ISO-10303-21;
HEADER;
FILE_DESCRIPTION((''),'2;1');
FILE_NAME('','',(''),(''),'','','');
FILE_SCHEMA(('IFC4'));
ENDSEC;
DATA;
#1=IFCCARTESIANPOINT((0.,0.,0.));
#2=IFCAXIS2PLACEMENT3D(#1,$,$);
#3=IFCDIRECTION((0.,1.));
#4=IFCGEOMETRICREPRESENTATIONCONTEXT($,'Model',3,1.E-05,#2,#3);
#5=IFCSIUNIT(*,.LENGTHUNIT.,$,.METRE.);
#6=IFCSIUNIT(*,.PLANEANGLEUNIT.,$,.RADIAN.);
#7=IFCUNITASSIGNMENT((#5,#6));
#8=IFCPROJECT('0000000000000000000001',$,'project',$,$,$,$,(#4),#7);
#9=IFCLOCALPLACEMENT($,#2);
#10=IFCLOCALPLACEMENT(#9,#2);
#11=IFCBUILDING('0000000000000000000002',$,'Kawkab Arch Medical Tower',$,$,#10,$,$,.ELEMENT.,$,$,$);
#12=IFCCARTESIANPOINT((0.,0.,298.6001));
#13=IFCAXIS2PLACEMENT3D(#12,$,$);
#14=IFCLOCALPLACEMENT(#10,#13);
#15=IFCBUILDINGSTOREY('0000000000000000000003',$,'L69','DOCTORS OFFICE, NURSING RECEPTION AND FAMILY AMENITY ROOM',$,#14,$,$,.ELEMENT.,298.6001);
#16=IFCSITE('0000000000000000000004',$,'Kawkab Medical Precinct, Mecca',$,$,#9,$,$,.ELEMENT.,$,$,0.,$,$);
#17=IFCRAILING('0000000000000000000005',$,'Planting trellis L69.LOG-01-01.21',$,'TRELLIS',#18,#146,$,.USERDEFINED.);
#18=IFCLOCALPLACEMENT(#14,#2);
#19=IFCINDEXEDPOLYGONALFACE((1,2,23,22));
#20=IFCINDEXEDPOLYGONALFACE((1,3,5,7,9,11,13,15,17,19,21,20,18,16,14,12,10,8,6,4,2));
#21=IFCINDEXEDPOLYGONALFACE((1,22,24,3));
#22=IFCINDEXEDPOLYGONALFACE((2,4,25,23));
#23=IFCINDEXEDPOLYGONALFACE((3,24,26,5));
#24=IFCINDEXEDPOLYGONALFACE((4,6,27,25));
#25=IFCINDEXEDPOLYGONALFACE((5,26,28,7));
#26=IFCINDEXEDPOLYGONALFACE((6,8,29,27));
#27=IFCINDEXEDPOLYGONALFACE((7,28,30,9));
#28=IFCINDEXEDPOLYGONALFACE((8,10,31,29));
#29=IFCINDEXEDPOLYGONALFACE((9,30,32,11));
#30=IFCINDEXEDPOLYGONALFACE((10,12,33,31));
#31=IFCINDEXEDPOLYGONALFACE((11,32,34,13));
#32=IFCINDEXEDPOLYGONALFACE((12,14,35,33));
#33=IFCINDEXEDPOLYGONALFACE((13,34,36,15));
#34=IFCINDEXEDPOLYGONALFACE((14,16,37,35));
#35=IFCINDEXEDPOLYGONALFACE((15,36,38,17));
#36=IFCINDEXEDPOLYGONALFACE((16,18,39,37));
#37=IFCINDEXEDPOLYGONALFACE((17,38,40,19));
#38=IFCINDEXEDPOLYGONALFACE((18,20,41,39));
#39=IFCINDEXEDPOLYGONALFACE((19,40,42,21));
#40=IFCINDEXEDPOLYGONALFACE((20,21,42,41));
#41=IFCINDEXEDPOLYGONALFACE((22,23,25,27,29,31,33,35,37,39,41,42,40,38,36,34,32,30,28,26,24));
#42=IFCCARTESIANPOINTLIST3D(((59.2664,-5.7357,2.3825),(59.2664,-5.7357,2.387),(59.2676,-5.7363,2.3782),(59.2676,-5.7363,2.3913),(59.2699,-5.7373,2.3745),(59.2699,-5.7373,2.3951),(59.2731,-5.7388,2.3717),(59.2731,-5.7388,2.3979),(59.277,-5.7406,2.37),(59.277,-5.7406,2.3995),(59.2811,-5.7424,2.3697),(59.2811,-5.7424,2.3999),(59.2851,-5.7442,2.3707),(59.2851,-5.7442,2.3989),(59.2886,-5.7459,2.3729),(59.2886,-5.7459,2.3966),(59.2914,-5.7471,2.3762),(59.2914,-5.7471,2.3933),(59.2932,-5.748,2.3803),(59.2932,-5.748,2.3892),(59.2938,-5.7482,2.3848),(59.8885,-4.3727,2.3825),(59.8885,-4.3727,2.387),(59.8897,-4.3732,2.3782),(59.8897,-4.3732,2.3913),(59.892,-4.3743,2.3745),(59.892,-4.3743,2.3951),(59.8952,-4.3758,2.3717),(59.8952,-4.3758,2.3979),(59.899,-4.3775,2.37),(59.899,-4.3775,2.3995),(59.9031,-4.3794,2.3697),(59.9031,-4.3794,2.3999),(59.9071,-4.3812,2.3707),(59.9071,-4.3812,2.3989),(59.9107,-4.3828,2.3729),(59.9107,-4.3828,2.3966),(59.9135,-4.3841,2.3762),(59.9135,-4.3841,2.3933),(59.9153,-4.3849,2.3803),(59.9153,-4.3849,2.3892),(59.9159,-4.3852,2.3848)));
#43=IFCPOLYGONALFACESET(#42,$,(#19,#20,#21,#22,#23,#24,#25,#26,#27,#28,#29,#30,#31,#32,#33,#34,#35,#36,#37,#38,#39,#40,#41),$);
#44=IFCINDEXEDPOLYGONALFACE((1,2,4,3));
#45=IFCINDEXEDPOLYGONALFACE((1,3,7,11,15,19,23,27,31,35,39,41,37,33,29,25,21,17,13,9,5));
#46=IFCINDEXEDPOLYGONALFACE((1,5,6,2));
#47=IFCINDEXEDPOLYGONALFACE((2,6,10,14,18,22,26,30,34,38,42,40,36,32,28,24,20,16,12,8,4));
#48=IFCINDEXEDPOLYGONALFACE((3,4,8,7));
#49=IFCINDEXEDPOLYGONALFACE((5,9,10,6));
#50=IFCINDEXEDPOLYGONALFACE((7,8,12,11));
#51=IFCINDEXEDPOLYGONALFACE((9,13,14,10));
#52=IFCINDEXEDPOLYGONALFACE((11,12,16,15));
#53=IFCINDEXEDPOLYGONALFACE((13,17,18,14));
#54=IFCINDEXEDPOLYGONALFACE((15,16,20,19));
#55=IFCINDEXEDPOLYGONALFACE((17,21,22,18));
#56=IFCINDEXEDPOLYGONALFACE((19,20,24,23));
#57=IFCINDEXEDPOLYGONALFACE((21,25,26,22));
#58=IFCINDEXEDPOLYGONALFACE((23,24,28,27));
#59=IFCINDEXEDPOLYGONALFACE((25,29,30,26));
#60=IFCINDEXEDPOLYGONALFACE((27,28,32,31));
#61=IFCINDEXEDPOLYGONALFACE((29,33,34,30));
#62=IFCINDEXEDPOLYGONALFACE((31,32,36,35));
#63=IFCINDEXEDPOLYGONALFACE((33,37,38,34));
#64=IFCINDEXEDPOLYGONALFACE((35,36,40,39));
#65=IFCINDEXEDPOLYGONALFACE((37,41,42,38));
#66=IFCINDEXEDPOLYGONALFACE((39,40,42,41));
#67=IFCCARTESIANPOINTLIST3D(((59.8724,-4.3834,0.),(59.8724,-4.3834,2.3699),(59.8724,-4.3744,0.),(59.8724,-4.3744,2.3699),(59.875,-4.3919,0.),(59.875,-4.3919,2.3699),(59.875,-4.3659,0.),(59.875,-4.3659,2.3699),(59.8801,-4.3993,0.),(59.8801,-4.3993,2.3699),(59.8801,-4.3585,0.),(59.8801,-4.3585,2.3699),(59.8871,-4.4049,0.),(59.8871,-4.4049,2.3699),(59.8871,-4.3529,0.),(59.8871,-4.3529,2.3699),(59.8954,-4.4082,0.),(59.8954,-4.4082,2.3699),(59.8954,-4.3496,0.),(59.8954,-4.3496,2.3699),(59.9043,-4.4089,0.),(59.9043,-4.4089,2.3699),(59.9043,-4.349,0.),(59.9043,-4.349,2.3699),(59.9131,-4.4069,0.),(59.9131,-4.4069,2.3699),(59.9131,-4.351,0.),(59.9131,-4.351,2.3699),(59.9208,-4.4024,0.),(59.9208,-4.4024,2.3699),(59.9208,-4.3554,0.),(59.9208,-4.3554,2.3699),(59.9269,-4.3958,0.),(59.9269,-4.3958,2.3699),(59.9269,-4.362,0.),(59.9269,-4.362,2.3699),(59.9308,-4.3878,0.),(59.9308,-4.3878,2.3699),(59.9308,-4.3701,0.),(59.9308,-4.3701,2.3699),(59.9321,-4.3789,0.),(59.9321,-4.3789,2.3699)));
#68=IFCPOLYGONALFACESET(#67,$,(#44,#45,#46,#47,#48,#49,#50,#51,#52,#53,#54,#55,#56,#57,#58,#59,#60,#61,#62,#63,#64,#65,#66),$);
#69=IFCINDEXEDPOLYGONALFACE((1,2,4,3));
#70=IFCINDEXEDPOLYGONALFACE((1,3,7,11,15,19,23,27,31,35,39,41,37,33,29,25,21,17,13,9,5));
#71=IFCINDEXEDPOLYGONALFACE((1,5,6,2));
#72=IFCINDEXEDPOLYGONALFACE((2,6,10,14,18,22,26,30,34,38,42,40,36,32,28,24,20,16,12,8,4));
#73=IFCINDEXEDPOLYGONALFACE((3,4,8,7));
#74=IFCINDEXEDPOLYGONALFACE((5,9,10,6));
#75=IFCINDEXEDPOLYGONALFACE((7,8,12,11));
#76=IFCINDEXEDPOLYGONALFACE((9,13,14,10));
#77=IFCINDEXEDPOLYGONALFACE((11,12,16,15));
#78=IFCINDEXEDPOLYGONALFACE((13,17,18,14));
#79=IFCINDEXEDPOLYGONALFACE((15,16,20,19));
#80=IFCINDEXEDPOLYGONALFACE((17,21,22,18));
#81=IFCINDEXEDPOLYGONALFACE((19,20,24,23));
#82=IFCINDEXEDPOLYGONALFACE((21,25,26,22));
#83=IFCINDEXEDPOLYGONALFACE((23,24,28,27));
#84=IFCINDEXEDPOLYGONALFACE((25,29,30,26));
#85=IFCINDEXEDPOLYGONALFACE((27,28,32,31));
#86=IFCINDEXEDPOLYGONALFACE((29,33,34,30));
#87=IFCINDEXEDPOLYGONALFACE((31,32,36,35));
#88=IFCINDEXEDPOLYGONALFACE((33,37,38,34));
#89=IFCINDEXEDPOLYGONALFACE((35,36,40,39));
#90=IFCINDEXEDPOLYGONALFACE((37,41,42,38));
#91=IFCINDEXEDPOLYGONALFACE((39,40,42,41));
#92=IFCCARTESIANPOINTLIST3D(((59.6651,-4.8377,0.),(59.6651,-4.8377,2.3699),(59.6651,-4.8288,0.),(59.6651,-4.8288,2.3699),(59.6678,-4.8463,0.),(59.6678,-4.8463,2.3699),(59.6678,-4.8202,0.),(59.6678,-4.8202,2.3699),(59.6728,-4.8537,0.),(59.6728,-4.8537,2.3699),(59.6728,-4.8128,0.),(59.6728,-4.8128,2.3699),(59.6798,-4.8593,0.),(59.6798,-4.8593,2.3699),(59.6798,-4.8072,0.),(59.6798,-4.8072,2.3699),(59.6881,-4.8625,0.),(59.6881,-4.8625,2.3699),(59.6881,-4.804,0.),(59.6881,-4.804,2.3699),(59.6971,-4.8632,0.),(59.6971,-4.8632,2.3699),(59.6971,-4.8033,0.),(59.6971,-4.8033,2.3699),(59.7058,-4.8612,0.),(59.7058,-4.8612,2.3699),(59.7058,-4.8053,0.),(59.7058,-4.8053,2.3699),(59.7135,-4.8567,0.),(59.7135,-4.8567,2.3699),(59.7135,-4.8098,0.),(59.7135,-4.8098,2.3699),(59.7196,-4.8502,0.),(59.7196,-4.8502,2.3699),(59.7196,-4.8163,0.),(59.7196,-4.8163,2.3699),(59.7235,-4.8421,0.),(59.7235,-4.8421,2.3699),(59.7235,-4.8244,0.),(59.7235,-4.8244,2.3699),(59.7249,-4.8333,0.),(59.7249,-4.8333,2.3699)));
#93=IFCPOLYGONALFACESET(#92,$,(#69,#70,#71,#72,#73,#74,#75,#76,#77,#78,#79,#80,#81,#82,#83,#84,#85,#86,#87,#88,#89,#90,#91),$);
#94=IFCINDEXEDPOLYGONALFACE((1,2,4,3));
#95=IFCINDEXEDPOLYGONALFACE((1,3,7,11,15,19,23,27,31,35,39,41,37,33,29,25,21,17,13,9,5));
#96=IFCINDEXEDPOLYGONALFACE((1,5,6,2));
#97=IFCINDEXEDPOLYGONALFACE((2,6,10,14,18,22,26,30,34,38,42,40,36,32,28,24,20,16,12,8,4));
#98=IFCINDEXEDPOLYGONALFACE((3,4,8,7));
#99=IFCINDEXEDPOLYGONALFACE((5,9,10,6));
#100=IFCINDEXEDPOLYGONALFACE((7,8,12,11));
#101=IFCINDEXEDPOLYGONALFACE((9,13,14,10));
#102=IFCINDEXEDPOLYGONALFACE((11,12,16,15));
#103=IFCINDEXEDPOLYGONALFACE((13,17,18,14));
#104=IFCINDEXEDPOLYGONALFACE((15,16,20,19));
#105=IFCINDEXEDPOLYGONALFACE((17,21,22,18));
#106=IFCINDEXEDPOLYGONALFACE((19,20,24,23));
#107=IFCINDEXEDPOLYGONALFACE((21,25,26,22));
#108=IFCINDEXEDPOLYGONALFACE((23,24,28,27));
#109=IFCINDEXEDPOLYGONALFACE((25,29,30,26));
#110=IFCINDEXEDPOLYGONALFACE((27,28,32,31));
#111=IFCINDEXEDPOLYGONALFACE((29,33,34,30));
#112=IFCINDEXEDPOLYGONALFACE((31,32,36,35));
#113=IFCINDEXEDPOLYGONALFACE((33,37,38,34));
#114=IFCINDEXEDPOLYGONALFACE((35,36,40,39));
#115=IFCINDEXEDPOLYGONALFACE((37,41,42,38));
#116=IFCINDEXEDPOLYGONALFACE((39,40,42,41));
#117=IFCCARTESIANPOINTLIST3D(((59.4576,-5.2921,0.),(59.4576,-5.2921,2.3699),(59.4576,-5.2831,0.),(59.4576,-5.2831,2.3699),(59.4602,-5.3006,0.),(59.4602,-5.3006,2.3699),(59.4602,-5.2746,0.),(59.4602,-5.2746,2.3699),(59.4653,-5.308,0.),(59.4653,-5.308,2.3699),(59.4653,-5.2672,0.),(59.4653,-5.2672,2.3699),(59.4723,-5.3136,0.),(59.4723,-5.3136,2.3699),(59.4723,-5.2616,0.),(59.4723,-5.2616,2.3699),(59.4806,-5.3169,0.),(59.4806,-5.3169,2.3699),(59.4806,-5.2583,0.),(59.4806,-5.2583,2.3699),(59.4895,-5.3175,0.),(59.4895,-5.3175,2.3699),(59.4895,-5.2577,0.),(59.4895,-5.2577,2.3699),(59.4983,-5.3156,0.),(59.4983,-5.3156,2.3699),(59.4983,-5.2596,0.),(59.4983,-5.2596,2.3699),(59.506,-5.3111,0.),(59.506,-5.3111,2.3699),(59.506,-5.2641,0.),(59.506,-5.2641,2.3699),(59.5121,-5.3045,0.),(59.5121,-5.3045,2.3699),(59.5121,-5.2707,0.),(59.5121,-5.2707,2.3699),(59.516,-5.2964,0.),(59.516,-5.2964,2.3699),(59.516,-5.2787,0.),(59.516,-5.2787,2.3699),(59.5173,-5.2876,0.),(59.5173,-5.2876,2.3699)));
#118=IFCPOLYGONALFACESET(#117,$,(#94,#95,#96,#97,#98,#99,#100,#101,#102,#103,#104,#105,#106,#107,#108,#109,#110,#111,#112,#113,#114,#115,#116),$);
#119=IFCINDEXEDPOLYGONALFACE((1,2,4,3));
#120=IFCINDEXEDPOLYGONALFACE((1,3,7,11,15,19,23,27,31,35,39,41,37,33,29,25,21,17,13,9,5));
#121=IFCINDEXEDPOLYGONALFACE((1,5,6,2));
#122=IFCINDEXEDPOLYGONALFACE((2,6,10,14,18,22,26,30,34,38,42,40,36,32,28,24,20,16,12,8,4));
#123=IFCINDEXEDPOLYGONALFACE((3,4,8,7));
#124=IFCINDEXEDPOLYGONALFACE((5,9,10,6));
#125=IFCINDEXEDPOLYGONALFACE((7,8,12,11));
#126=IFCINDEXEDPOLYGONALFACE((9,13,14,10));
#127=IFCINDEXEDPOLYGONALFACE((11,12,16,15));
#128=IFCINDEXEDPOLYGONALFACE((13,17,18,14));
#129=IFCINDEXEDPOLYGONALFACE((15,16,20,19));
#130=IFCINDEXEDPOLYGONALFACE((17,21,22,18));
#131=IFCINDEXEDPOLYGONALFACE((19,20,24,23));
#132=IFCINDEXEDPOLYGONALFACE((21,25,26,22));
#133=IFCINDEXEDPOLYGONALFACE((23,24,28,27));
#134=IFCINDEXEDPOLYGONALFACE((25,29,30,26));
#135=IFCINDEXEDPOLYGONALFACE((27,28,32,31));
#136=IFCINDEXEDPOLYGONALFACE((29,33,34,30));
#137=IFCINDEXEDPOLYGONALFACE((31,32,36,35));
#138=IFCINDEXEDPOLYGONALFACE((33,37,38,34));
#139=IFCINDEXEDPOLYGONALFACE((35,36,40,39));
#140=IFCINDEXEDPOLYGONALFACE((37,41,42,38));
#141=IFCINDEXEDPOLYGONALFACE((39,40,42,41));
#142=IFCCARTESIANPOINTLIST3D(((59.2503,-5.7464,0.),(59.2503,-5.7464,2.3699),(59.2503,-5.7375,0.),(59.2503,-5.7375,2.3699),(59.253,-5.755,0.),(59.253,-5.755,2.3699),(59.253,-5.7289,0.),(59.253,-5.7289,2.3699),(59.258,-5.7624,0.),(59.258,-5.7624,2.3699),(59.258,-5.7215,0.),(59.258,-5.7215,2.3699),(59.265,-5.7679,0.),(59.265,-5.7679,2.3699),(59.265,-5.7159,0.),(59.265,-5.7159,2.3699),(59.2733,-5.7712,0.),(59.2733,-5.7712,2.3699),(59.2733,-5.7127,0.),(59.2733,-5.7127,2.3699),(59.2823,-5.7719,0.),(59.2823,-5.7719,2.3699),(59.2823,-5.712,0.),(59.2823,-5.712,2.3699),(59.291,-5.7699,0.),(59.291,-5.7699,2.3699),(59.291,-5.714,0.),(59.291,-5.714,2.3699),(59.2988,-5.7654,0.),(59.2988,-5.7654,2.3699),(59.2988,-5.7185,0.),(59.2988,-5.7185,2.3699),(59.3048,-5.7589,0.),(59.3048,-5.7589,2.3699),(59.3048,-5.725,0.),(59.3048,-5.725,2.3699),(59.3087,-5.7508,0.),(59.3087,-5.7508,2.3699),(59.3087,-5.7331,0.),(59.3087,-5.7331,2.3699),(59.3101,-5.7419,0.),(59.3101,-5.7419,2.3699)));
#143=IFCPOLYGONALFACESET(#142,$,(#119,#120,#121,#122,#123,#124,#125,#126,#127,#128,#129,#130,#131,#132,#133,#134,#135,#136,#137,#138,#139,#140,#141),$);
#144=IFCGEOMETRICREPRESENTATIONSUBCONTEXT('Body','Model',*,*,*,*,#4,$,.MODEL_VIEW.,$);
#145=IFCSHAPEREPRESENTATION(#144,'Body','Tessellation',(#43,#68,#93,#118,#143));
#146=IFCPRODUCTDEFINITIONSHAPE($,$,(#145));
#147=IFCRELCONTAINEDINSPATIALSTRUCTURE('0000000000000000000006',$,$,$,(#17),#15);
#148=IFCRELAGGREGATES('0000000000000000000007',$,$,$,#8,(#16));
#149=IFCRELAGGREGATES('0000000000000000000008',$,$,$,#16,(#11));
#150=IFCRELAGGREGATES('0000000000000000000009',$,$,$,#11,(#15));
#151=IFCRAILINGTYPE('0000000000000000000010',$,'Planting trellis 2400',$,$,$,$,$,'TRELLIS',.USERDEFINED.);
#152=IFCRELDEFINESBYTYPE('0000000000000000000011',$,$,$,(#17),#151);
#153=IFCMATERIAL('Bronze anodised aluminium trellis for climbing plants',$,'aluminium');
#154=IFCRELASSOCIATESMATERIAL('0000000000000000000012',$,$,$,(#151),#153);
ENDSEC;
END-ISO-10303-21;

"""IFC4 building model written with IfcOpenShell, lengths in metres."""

from ifc_helpers import new_model, si_unit, direction, frame, origin, origin_2d, place, context, subcontext, project, spatial, circle, extrude, material, type_object, element, save


model = new_model("IFC4")

# Units and contexts
model_context = context("Model", 3, precision=1e-05, world=origin(), true_north=direction((0.0, 1.0)))
body_context = subcontext(model_context, "Body", "Model", "MODEL_VIEW")
ifc_project = project(units=[si_unit("LENGTHUNIT", "METRE"), si_unit("PLANEANGLEUNIT", "RADIAN")], contexts=[model_context])

# Site, building, storey
site_placement = place(None, origin())
site = spatial("IfcSite", under=ifc_project, at=site_placement, Name="Kawkab Medical Precinct, Mecca", CompositionType="ELEMENT", RefElevation=0.0)
building_placement = place(site_placement, origin())
building = spatial("IfcBuilding", under=site, at=building_placement, Name="Kawkab Arch Medical Tower", CompositionType="ELEMENT")
storey_placement = place(building_placement, frame((0.0, 0.0, 298.6001)))
storey = spatial("IfcBuildingStorey", under=building, at=storey_placement, Name="L69", Description="DOCTORS OFFICE, NURSING RECEPTION AND FAMILY AMENITY ROOM", CompositionType="ELEMENT", Elevation=298.6001)

# Railing
ifc_material_1 = material(Name="Bronze anodised aluminium trellis for climbing plants", Category="aluminium")
railing_type = type_object("IfcRailingType", Name="Planting trellis 2400", ElementType="TRELLIS", PredefinedType="USERDEFINED", material=ifc_material_1)
railing_1_placement = place(storey_placement, frame((59.9021, -4.3789, 0.0)))
element("IfcRailing", 1, at=railing_1_placement, inside=storey, type_object=railing_type, Name="Planting trellis L69.LOG-01-01.21", ObjectType="TRELLIS", PredefinedType="USERDEFINED", context=body_context, shape_type="SweptSolid", body=[
    extrude(circle(Radius=0.0151, at=origin_2d()), frame((0.0, 0.0, 2.3848), z_axis=(-0.41519, -0.909735, 0.0), x_axis=(0.909735, -0.41519, 0.0)), (0.0, 0.0, 1.0), 1.4983),
    extrude(circle(Radius=0.03, at=origin_2d()), origin(), (0.0, 0.0, 1.0), 2.3699),
    extrude(circle(Radius=0.03, at=origin_2d()), frame((-0.2073, -0.4543, 0.0)), (0.0, 0.0, 1.0), 2.3699),
    extrude(circle(Radius=0.03, at=origin_2d()), frame((-0.4148, -0.9087, 0.0)), (0.0, 0.0, 1.0), 2.3699),
    extrude(circle(Radius=0.03, at=origin_2d()), frame((-0.6221, -1.363, 0.0)), (0.0, 0.0, 1.0), 2.3699),
])

save(model, "model.ifc")
